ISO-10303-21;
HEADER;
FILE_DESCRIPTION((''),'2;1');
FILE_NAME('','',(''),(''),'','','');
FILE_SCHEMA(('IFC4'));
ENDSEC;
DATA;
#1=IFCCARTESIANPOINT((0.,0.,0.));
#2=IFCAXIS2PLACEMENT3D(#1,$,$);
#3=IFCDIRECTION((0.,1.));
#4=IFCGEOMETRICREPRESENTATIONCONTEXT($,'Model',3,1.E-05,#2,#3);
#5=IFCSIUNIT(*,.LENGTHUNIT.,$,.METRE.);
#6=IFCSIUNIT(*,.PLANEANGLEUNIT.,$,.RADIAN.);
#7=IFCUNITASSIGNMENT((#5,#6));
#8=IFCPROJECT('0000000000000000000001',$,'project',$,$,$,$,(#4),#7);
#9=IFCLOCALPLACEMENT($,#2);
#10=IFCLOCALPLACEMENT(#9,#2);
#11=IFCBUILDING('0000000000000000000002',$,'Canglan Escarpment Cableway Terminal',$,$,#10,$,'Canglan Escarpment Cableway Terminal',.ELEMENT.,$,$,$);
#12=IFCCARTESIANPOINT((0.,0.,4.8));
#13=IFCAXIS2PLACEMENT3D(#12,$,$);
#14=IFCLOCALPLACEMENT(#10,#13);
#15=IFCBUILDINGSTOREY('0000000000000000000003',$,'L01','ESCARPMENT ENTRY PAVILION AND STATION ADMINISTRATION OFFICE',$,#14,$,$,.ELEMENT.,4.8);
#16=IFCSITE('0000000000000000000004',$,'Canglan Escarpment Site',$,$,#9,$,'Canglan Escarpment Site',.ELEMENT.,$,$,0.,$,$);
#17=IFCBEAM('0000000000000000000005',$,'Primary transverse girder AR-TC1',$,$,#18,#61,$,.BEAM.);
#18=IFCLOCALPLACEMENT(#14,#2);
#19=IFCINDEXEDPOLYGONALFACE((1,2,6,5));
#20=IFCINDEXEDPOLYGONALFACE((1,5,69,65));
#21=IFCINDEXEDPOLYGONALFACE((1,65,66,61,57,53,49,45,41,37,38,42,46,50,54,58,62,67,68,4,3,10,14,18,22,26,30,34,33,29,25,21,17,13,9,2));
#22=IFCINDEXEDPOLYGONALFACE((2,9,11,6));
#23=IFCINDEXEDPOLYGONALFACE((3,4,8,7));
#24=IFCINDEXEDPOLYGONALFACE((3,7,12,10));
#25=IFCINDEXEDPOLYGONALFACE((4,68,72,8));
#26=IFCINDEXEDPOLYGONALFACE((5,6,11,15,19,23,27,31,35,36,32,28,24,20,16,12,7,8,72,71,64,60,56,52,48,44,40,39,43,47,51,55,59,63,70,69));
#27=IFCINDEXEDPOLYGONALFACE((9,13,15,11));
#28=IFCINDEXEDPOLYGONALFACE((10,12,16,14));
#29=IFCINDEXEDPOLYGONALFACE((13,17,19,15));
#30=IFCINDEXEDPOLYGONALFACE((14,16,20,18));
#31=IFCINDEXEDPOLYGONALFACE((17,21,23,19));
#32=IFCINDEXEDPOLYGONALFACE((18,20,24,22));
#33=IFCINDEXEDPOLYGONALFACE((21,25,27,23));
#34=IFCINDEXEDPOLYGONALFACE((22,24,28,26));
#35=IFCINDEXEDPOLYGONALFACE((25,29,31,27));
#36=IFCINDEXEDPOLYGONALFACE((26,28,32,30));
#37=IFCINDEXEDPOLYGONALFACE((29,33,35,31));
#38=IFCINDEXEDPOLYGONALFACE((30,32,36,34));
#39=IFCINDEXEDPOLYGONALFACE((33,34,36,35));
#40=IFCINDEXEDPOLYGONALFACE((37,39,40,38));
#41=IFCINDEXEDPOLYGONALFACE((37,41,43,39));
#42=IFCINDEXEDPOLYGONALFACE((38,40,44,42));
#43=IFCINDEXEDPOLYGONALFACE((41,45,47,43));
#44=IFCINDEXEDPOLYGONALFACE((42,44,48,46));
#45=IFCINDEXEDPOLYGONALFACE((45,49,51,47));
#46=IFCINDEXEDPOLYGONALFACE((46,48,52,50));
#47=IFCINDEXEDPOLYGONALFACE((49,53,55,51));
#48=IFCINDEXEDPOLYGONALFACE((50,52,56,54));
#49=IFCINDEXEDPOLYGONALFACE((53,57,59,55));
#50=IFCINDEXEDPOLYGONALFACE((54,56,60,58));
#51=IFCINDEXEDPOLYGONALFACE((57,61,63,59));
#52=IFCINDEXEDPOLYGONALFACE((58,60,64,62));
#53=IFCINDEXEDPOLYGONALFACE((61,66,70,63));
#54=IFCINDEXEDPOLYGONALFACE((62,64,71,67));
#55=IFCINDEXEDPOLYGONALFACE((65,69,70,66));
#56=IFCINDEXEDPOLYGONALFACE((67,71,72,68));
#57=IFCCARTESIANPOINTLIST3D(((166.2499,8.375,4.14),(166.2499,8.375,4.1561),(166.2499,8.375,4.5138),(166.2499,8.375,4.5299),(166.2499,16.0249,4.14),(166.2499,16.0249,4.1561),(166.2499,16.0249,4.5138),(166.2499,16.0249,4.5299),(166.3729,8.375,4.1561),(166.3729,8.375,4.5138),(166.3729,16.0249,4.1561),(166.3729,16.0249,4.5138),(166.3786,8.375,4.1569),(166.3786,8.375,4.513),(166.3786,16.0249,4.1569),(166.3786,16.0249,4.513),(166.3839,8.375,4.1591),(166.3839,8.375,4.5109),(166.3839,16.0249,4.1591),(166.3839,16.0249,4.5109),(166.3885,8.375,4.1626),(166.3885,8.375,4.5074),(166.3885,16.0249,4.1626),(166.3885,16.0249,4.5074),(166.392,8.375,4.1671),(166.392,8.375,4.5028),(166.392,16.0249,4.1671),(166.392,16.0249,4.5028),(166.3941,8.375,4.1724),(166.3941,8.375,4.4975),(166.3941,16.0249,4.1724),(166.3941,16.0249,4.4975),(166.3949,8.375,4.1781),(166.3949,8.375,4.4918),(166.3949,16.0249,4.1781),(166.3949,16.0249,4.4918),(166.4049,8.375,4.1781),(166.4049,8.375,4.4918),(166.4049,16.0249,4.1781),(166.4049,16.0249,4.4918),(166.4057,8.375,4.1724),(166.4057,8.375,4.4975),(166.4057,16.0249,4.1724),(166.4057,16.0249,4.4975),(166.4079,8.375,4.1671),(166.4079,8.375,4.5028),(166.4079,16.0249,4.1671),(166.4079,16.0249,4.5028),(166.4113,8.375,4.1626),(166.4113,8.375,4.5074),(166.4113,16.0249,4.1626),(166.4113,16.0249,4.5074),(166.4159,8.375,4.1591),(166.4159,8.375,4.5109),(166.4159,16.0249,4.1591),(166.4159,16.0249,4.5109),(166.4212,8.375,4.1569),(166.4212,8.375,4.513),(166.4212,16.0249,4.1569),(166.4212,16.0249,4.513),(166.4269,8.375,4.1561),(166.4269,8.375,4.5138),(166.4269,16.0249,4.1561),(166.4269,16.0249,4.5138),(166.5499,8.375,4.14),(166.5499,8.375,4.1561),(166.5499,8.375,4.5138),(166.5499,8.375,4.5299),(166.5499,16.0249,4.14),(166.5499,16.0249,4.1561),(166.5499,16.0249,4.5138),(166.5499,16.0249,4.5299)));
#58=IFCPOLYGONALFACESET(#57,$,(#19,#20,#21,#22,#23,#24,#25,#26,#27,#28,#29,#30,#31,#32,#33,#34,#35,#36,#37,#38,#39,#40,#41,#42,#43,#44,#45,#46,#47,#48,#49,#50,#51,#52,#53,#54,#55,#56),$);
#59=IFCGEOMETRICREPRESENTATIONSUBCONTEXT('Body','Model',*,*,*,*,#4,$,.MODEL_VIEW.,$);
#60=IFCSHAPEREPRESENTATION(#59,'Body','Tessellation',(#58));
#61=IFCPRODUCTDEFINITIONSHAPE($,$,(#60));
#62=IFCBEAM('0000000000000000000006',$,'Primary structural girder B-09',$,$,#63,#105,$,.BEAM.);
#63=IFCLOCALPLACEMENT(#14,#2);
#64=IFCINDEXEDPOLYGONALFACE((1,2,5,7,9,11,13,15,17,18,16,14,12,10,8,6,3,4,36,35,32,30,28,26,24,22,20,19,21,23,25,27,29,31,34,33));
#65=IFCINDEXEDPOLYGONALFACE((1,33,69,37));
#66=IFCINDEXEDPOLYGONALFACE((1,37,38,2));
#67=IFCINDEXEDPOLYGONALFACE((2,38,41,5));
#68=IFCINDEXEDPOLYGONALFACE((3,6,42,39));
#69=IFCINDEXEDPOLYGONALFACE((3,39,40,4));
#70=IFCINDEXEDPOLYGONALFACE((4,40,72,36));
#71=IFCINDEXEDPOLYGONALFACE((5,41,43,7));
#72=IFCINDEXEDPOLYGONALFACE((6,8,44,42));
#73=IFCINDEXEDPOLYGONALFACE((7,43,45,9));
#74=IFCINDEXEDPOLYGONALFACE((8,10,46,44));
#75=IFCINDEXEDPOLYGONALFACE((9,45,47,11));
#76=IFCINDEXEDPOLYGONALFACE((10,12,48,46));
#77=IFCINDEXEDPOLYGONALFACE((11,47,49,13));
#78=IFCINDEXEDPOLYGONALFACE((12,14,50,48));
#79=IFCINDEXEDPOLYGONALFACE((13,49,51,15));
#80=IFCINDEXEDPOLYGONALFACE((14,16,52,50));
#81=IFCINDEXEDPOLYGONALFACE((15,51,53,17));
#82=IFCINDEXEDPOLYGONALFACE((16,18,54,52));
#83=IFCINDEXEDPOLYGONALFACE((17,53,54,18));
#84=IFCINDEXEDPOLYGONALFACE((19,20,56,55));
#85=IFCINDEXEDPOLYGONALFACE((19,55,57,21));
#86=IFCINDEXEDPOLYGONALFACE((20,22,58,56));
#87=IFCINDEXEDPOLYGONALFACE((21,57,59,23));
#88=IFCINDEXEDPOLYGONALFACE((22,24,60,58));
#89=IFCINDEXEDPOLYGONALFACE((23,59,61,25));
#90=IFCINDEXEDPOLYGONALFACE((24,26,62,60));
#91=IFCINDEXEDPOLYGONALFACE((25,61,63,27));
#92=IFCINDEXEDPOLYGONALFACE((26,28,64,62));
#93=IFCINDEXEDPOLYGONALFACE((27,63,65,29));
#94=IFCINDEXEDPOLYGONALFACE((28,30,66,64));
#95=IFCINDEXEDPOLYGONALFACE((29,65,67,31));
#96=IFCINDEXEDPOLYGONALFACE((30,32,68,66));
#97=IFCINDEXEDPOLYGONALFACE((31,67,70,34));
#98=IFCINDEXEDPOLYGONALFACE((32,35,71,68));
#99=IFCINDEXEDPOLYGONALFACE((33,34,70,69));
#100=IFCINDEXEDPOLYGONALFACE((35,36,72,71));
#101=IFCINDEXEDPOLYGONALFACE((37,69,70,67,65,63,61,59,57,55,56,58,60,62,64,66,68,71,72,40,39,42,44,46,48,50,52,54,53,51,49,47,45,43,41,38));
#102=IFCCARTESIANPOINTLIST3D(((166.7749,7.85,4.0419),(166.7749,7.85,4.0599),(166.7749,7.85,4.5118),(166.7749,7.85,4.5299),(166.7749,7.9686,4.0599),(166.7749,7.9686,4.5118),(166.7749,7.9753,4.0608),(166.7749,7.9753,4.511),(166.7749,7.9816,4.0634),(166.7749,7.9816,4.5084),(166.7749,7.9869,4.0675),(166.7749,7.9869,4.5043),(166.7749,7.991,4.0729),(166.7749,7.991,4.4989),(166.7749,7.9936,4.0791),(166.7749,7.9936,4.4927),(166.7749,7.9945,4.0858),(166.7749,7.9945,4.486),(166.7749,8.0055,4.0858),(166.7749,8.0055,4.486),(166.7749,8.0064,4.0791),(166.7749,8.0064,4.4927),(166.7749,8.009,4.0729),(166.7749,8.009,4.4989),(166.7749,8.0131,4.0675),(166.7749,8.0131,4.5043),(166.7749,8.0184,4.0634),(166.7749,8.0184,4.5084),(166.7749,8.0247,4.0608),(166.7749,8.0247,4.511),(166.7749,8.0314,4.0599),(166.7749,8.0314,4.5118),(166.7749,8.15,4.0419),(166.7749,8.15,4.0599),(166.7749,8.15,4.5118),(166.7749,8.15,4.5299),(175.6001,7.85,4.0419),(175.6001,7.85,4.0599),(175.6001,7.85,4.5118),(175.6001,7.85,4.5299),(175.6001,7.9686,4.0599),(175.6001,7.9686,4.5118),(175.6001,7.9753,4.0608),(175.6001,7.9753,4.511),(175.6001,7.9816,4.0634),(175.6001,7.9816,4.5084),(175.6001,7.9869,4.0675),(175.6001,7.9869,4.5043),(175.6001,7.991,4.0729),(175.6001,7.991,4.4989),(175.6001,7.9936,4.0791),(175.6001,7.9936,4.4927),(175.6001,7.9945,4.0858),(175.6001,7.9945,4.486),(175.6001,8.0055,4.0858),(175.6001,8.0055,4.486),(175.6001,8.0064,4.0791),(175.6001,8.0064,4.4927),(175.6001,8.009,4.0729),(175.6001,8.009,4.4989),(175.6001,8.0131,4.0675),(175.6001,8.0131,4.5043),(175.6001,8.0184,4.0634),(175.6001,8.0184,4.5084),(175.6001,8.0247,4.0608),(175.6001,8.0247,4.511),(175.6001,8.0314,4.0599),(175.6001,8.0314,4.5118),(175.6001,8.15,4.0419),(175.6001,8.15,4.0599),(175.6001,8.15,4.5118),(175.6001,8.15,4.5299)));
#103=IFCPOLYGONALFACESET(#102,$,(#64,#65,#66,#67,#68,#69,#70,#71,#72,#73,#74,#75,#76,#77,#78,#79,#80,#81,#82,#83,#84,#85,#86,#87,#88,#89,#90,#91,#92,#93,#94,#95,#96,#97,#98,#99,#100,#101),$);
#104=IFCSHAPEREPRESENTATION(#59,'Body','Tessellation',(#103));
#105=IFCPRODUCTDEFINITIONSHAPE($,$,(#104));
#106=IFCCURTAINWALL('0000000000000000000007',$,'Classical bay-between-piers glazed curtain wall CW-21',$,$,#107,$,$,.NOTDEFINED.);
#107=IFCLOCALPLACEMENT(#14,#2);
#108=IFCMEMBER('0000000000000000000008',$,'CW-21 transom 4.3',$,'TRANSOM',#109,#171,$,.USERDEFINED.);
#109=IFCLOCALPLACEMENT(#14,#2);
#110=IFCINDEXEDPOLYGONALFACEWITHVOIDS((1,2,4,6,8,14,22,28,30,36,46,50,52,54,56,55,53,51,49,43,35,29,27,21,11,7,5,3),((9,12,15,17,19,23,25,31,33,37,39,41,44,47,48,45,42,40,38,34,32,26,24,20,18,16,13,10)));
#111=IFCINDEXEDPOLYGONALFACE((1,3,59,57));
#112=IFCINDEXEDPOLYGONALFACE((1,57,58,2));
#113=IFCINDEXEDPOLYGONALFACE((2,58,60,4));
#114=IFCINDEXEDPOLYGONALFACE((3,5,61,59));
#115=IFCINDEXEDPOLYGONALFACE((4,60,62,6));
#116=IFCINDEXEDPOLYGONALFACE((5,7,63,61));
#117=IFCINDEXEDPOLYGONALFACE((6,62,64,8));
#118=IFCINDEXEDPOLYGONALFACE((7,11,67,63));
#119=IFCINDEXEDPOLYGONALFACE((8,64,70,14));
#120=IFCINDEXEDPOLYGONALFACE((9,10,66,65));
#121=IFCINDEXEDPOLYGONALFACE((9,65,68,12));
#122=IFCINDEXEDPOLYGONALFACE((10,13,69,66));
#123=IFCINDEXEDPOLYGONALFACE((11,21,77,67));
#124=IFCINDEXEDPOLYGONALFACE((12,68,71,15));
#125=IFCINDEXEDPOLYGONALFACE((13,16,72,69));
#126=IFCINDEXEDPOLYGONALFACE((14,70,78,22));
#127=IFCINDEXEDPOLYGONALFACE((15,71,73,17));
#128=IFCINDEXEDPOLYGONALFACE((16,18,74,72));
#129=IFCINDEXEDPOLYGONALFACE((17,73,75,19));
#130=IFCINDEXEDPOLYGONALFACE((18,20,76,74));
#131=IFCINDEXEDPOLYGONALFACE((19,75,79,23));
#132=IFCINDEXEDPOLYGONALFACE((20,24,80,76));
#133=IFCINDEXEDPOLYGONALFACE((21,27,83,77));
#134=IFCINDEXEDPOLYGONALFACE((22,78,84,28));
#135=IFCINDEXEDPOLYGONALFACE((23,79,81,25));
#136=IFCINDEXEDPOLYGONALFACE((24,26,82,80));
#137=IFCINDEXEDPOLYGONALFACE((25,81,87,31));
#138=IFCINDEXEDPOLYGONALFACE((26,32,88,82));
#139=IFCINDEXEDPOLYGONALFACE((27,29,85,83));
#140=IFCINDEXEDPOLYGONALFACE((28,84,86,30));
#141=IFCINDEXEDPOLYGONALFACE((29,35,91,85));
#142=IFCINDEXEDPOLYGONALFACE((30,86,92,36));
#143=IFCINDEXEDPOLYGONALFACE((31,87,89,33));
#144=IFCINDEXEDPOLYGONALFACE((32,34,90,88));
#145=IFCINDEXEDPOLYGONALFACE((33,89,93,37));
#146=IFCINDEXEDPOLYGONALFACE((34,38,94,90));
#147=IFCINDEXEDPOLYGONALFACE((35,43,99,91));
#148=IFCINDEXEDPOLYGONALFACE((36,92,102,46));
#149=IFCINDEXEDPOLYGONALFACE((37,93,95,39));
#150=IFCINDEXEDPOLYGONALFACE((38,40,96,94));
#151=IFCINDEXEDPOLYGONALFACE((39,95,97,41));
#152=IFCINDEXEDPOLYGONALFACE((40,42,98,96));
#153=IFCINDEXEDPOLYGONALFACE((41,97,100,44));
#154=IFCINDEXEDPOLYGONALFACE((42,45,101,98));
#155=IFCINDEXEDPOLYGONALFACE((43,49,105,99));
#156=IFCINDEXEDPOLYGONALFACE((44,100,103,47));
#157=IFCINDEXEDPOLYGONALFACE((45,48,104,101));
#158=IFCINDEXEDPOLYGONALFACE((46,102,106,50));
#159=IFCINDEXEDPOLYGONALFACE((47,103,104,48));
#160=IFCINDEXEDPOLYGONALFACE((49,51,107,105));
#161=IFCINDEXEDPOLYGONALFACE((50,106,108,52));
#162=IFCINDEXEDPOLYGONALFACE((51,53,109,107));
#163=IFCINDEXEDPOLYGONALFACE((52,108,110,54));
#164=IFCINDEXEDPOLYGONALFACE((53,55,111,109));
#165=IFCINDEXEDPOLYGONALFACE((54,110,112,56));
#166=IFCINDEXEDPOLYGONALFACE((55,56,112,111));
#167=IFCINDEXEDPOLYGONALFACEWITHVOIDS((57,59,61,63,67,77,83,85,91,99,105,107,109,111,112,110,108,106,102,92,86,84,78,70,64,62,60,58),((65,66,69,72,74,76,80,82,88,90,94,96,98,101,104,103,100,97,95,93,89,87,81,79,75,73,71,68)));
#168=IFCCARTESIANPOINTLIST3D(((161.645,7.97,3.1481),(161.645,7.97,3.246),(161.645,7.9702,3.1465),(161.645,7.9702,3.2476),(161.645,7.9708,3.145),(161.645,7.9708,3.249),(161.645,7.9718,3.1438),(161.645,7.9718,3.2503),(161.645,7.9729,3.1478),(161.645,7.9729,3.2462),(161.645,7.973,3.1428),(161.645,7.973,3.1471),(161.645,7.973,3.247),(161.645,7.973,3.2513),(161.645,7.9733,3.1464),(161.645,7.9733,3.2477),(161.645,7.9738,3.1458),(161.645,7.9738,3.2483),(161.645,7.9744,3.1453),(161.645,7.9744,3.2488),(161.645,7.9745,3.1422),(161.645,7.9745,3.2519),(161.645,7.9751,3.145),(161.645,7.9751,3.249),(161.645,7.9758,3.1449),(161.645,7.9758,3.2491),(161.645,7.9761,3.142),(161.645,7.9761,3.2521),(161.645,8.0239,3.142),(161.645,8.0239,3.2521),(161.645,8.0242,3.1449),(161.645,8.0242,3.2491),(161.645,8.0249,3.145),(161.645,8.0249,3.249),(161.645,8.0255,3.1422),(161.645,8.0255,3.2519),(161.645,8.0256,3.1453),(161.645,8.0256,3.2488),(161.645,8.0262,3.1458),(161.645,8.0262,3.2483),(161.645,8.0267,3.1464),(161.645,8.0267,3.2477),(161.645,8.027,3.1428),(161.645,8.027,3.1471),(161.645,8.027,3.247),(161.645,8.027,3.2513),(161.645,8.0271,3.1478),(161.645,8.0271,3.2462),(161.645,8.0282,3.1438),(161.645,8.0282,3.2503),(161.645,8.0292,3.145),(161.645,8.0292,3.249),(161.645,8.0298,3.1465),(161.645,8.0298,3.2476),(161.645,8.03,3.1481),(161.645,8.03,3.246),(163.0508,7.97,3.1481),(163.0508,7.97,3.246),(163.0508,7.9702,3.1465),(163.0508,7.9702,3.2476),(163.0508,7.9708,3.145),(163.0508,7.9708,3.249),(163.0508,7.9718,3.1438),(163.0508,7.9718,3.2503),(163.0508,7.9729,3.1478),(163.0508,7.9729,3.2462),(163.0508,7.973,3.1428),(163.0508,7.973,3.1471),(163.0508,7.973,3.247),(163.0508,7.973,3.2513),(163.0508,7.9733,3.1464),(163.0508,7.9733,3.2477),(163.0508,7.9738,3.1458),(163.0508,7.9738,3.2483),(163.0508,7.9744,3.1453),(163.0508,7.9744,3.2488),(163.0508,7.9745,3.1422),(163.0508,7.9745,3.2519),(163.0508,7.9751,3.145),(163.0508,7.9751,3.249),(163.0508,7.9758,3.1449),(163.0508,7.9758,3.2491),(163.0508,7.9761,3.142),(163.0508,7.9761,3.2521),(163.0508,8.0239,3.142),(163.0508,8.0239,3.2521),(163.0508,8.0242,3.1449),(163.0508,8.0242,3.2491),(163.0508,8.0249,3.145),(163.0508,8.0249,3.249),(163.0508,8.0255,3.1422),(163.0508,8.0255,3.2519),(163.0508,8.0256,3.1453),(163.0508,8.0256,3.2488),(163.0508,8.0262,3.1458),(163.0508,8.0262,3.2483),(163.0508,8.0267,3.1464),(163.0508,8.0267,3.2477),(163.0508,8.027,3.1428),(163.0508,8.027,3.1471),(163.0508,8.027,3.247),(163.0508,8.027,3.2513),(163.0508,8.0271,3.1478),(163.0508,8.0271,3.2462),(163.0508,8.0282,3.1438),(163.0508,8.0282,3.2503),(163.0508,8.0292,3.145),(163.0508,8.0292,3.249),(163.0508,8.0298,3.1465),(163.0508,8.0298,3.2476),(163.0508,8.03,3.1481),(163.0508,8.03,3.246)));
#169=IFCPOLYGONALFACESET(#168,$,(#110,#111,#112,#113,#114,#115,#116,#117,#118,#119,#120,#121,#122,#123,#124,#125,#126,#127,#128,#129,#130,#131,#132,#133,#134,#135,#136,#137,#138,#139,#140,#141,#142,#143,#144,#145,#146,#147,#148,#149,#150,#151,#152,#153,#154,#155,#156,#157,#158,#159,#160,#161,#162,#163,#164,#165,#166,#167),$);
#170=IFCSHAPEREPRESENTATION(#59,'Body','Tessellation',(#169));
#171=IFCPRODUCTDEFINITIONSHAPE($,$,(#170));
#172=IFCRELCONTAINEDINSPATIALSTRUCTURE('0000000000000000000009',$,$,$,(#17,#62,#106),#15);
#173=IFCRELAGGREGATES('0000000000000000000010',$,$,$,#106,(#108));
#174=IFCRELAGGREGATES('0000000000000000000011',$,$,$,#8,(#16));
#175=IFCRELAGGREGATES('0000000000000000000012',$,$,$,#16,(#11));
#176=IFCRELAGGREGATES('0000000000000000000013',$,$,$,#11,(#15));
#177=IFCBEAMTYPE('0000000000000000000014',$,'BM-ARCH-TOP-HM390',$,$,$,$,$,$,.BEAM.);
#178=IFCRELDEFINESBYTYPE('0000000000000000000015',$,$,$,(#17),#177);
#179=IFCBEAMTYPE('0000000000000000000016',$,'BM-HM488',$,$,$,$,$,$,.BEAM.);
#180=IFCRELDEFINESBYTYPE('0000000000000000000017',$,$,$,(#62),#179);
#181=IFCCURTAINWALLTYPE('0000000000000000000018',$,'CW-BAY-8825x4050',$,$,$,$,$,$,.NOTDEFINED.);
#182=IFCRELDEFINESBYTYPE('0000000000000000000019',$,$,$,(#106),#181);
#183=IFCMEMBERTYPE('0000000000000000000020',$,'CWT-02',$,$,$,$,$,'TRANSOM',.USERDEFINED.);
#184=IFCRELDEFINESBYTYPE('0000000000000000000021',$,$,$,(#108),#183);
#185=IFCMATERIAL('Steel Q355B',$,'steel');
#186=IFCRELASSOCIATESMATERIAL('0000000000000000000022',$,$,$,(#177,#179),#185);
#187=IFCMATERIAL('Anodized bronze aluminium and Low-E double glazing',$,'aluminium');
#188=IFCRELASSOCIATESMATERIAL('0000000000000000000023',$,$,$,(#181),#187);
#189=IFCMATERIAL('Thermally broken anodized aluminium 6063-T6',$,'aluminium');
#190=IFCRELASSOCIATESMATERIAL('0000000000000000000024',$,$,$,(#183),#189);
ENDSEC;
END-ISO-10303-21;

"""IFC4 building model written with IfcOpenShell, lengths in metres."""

from ifc_helpers import new_model, si_unit, direction, frame, origin, origin_2d, place, context, subcontext, project, spatial, hollow_rectangle, i_section, extrude, material, material_profile, profile_set, type_object, element, aggregate, save


model = new_model("IFC4")

# Units and contexts
model_context = context("Model", 3, precision=1e-05, world=origin(), true_north=direction((0.0, 1.0)))
body_context = subcontext(model_context, "Body", "Model", "MODEL_VIEW")
ifc_project = project(units=[si_unit("LENGTHUNIT", "METRE"), si_unit("PLANEANGLEUNIT", "RADIAN")], contexts=[model_context])

# Site, building, storey
site_placement = place(None, origin())
site = spatial("IfcSite", under=ifc_project, at=site_placement, Name="Canglan Escarpment Site", LongName="Canglan Escarpment Site", CompositionType="ELEMENT", RefElevation=0.0)
building_placement = place(site_placement, origin())
building = spatial("IfcBuilding", under=site, at=building_placement, Name="Canglan Escarpment Cableway Terminal", LongName="Canglan Escarpment Cableway Terminal", CompositionType="ELEMENT")
storey_placement = place(building_placement, frame((0.0, 0.0, 4.8)))
storey = spatial("IfcBuildingStorey", under=building, at=storey_placement, Name="L01", Description="ESCARPMENT ENTRY PAVILION AND STATION ADMINISTRATION OFFICE", CompositionType="ELEMENT", Elevation=4.8)

# Beams
ifc_material_1 = material(Name="Steel Q355B", Category="steel")
ifc_material_profile_1 = material_profile(ifc_material_1, i_section(OverallWidth=0.3, OverallDepth=0.3899, WebThickness=0.01, FlangeThickness=0.0161, FilletRadius=0.022, at=origin_2d()), Name="HM 390x300x10x16")
ifc_profile_set_1 = profile_set([ifc_material_profile_1], Name="Steel Q355B")
beam_type_1 = type_object("IfcBeamType", Name="BM-ARCH-TOP-HM390", PredefinedType="BEAM", material=ifc_profile_set_1)
beam_1_placement = place(storey_placement, frame((166.3999, 8.375, 4.335), z_axis=(0.0, 1.0, 0.0), x_axis=(-1.0, 0.0, 0.0)))
element("IfcBeam", 1, at=beam_1_placement, inside=storey, type_object=beam_type_1, Name="Primary transverse girder AR-TC1", PredefinedType="BEAM", context=body_context, shape_type="SweptSolid", body=[
    extrude(i_section(OverallWidth=0.3, OverallDepth=0.3899, WebThickness=0.01, FlangeThickness=0.0161, FilletRadius=0.022, at=origin_2d()), origin(), (0.0, 0.0, 1.0), 7.6499),
])
ifc_material_profile_2 = material_profile(ifc_material_1, i_section(OverallWidth=0.3, OverallDepth=0.488, WebThickness=0.011, FlangeThickness=0.0181, FilletRadius=0.0259, at=origin_2d()), Name="HM 488x300x11x18")
ifc_profile_set_2 = profile_set([ifc_material_profile_2], Name="Steel Q355B")
beam_type_2 = type_object("IfcBeamType", Name="BM-HM488", PredefinedType="BEAM", material=ifc_profile_set_2)
beam_2_placement = place(storey_placement, frame((166.7749, 8.0, 4.2859), z_axis=(1.0, 0.0, 0.0), x_axis=(0.0, 1.0, 0.0)))
element("IfcBeam", 2, at=beam_2_placement, inside=storey, type_object=beam_type_2, Name="Primary structural girder B-09", PredefinedType="BEAM", context=body_context, shape_type="SweptSolid", body=[
    extrude(i_section(OverallWidth=0.3, OverallDepth=0.488, WebThickness=0.011, FlangeThickness=0.0181, FilletRadius=0.0259, at=origin_2d()), origin(), (0.0, 0.0, 1.0), 8.8252),
])

# Curtain wall, member
ifc_material_2 = material(Name="Anodized bronze aluminium and Low-E double glazing", Category="aluminium")
curtain_wall_type_1 = type_object("IfcCurtainWallType", Name="CW-BAY-8825x4050", PredefinedType="NOTDEFINED", material=ifc_material_2)
curtain_wall_1_placement = place(storey_placement, origin())
curtain_wall_1 = element("IfcCurtainWall", 3, at=curtain_wall_1_placement, inside=storey, type_object=curtain_wall_type_1, Name="Classical bay-between-piers glazed curtain wall CW-21", PredefinedType="NOTDEFINED")
ifc_material_3 = material(Name="Thermally broken anodized aluminium 6063-T6", Category="aluminium")
ifc_material_profile_3 = material_profile(ifc_material_3, hollow_rectangle(XDim=0.0601, YDim=0.1101, WallThickness=0.0029, InnerFilletRadius=0.0029, OuterFilletRadius=0.0061, at=origin_2d()), Name="ALU-TRAN 60x110x3")
ifc_profile_set_3 = profile_set([ifc_material_profile_3], Name="Thermally broken anodized aluminium 6063-T6")
member_type_1 = type_object("IfcMemberType", Name="CWT-02", ElementType="TRANSOM", PredefinedType="USERDEFINED", material=ifc_profile_set_3)
member_1_placement = place(storey_placement, frame((161.645, 8.0, 3.197), z_axis=(1.0, 0.0, 0.0), x_axis=(0.0, 1.0, 0.0)))
member_1 = element("IfcMember", 4, at=member_1_placement, type_object=member_type_1, Name="CW-21 transom 4.3", ObjectType="TRANSOM", PredefinedType="USERDEFINED", context=body_context, shape_type="SweptSolid", body=[
    extrude(hollow_rectangle(XDim=0.0601, YDim=0.1101, WallThickness=0.0029, InnerFilletRadius=0.0029, OuterFilletRadius=0.0061, at=origin_2d()), origin(), (0.0, 0.0, 1.0), 1.4058),
])

aggregate(curtain_wall_1, [member_1])

save(model, "model.ifc")
